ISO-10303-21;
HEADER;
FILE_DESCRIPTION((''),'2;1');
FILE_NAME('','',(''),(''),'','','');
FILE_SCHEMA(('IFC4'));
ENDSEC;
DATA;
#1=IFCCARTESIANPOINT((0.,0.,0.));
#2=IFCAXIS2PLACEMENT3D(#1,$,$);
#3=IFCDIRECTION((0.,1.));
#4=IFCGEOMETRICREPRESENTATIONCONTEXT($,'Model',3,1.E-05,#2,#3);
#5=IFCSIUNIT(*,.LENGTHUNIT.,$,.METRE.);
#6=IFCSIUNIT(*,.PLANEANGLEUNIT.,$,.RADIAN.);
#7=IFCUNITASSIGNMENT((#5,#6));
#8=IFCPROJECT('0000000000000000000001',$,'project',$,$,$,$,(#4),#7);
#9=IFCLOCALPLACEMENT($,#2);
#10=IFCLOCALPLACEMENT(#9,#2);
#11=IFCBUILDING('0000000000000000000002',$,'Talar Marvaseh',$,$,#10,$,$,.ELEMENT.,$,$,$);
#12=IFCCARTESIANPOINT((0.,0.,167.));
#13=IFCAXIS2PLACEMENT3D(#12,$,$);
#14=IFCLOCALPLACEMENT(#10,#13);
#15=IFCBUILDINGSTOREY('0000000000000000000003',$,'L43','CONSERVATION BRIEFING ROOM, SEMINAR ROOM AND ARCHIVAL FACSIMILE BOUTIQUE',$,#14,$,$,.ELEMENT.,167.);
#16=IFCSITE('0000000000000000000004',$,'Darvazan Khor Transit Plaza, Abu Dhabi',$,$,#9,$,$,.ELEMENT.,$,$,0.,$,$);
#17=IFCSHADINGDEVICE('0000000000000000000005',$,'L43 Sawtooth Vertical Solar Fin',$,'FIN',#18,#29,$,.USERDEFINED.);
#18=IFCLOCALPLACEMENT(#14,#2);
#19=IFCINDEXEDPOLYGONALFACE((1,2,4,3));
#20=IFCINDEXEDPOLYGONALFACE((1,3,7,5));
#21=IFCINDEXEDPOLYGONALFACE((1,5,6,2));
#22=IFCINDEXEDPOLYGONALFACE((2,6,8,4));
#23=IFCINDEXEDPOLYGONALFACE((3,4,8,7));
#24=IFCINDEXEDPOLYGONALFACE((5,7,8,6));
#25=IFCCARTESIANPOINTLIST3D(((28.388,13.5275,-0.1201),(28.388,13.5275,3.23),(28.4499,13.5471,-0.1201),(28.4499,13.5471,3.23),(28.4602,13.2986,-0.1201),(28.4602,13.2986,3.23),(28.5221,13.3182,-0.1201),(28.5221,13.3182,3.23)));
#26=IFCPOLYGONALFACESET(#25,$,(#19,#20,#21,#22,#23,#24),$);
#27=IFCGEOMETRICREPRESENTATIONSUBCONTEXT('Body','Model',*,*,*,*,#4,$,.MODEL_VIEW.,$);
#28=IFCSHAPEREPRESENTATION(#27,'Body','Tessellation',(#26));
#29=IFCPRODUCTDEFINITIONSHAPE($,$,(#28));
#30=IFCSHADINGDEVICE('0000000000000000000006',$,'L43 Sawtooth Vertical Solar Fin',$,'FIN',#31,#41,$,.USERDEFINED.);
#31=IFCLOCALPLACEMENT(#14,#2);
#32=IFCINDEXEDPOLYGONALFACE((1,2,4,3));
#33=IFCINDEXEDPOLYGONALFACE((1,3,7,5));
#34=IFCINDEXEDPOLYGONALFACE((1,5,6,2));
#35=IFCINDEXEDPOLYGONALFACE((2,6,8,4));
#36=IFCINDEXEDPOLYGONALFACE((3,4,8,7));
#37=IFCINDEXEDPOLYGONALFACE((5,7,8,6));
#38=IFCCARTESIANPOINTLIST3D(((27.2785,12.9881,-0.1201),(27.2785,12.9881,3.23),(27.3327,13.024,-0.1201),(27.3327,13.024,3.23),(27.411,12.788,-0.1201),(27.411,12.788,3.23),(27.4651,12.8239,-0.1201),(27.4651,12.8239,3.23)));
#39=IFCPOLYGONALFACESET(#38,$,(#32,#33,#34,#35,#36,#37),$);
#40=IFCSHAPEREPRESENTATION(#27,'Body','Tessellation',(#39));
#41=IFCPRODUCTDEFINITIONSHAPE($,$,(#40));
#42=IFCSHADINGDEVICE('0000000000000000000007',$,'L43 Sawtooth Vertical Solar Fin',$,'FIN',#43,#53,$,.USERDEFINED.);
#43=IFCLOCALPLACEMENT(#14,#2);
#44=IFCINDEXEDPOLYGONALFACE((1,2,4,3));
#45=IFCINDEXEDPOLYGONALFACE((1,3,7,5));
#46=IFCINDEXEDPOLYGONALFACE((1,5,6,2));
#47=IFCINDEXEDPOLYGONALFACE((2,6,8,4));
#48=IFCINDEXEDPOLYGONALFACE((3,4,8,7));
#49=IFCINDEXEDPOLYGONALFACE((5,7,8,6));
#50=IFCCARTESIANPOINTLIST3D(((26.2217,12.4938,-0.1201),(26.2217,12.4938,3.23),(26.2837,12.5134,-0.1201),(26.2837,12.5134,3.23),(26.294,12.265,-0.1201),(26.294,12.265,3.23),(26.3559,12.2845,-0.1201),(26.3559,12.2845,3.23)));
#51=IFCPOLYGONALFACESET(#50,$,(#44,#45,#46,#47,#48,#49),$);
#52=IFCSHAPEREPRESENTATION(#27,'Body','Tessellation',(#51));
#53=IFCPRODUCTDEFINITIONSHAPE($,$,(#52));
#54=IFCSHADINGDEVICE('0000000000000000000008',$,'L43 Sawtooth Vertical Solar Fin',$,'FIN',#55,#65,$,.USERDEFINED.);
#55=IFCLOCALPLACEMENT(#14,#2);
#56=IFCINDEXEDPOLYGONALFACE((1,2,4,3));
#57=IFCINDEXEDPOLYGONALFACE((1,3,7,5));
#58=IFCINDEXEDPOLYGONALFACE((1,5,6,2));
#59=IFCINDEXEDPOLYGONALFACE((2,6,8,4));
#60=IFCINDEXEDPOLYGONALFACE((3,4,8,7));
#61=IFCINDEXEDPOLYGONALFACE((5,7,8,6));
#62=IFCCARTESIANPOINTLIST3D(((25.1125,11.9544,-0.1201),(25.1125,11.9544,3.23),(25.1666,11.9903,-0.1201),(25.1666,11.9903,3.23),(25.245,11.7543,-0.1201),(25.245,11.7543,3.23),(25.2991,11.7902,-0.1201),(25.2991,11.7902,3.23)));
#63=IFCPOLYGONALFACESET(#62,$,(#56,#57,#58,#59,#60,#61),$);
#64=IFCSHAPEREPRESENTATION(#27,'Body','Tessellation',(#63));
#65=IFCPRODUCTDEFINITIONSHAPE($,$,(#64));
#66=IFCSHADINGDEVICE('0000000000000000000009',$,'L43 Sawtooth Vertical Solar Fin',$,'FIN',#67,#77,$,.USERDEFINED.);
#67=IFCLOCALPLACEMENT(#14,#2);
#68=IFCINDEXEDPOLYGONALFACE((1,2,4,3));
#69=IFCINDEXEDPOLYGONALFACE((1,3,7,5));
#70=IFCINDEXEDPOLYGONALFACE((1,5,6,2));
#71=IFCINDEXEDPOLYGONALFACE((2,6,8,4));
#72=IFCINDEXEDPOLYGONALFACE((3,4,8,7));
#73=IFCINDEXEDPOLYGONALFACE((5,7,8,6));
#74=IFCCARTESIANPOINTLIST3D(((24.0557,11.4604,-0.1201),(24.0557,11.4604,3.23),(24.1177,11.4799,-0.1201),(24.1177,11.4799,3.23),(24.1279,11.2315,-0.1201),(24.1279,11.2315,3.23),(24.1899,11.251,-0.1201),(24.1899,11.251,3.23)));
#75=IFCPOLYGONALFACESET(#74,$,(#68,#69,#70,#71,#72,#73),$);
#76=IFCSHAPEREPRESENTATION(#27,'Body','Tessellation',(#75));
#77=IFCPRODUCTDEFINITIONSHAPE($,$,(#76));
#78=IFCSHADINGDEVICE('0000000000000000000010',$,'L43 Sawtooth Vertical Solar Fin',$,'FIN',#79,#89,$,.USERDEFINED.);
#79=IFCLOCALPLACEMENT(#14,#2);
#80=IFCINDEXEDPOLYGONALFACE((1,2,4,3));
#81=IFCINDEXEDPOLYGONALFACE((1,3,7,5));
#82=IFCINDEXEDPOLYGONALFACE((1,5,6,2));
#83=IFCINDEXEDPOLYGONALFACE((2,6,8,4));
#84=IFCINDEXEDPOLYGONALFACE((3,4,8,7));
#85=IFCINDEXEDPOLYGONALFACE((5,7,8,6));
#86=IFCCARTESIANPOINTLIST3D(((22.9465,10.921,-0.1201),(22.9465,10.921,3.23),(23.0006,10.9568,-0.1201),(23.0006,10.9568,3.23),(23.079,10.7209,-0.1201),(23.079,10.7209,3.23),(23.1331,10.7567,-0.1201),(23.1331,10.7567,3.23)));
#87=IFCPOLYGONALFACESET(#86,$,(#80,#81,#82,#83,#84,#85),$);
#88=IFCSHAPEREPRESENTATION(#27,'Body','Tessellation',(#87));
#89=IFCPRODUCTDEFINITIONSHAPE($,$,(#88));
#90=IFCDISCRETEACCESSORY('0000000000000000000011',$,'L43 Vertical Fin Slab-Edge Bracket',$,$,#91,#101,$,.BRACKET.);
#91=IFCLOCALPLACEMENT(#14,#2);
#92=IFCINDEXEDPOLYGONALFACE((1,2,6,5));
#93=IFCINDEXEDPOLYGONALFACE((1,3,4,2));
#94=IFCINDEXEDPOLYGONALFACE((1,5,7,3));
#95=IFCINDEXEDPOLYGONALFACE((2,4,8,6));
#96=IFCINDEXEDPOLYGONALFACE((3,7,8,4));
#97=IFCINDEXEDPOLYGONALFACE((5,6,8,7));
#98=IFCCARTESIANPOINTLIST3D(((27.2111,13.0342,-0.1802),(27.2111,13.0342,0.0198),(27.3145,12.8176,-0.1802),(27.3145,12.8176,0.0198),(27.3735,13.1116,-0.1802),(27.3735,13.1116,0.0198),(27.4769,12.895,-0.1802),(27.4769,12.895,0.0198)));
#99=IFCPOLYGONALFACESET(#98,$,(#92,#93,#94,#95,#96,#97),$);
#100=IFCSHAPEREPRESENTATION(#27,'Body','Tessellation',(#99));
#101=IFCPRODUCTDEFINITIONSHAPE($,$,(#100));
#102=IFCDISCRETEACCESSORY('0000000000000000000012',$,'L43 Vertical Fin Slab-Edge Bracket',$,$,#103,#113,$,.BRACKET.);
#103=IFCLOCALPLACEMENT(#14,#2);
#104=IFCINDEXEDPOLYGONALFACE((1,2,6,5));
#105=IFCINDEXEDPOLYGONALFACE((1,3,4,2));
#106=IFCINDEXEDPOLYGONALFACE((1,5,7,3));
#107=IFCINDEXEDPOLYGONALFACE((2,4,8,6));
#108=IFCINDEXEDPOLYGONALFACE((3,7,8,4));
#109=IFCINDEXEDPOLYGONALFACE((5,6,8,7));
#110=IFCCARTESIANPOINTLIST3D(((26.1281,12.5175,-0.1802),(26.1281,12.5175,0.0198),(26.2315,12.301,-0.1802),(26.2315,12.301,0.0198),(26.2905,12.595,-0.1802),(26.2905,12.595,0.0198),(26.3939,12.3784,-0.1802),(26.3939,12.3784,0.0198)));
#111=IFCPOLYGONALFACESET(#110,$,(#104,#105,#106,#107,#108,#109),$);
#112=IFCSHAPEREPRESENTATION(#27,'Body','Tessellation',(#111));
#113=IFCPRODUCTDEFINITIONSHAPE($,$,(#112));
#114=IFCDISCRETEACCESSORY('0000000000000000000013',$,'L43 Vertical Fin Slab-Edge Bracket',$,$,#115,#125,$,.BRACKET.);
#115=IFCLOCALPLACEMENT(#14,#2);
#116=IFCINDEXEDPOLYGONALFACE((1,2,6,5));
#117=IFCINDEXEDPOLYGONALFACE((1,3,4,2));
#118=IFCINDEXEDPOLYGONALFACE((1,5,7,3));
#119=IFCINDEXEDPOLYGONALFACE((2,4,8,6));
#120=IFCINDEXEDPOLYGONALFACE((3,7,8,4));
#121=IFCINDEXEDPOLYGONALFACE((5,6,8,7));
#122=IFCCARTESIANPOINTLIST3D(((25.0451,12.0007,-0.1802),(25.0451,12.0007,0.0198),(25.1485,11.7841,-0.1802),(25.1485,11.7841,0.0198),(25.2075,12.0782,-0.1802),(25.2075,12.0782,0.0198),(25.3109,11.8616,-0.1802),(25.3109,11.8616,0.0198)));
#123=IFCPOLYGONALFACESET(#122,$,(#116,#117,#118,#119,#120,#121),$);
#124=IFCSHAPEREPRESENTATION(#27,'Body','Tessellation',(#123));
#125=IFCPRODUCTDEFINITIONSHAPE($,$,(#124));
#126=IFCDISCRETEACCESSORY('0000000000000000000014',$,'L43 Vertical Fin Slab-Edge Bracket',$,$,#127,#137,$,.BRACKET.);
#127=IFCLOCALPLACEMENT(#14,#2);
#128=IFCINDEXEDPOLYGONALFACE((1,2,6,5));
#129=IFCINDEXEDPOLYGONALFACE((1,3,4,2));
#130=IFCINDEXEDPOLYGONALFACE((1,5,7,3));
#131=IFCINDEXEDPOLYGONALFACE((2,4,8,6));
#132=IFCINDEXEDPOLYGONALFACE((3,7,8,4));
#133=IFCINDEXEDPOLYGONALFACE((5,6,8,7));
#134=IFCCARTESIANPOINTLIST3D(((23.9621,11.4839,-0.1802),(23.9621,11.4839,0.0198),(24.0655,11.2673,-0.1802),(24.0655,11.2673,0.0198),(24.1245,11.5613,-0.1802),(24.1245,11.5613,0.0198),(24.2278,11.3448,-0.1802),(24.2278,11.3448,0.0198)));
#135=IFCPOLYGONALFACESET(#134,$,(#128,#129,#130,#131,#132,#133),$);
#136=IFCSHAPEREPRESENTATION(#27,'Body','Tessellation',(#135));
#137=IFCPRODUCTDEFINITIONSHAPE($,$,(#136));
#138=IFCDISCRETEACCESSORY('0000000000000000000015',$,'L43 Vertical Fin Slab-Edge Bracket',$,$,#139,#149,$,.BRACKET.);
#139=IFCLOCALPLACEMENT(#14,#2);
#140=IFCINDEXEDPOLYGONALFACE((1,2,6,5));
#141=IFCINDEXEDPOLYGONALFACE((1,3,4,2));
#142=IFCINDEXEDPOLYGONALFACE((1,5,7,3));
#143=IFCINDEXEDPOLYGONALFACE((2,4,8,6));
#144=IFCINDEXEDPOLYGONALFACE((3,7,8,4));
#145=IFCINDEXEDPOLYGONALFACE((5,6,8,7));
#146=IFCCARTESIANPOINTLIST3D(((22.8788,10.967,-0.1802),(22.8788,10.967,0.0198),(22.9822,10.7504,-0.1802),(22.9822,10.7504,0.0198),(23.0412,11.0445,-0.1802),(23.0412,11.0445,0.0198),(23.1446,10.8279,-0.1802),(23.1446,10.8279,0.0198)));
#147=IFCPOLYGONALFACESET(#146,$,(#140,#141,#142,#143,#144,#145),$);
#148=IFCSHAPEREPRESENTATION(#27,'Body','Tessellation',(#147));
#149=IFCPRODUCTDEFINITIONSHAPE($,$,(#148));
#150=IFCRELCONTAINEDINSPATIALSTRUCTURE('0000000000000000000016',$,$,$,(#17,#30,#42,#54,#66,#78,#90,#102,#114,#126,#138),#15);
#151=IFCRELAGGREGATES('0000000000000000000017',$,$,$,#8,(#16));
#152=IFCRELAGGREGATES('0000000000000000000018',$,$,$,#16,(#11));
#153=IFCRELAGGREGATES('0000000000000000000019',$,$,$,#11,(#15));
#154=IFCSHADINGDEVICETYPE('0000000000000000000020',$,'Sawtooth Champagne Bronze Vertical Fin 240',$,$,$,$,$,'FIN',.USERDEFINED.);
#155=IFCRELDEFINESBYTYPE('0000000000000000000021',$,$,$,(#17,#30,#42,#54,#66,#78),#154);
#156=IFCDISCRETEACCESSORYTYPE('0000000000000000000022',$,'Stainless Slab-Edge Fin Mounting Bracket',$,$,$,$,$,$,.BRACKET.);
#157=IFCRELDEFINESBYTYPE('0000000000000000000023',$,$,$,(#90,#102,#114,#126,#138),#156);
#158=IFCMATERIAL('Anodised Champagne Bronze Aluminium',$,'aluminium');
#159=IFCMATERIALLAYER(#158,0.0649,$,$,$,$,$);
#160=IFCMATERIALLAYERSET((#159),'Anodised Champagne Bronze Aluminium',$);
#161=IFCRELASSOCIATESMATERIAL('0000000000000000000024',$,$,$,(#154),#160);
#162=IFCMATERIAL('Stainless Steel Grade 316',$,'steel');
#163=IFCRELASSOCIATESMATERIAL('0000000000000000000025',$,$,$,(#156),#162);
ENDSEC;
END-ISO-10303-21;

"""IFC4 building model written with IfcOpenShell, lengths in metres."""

from ifc_helpers import new_model, si_unit, direction, frame, origin, origin_2d, place, context, subcontext, project, spatial, rectangle, extrude, source, transform, mapped, material, layer, layer_set, type_object, type_shapes, element, save


model = new_model("IFC4")

# Units and contexts
model_context = context("Model", 3, precision=1e-05, world=origin(), true_north=direction((0.0, 1.0)))
body_context = subcontext(model_context, "Body", "Model", "MODEL_VIEW")
ifc_project = project(units=[si_unit("LENGTHUNIT", "METRE"), si_unit("PLANEANGLEUNIT", "RADIAN")], contexts=[model_context])

# Site, building, storey
site_placement = place(None, origin())
site = spatial("IfcSite", under=ifc_project, at=site_placement, Name="Darvazan Khor Transit Plaza, Abu Dhabi", CompositionType="ELEMENT", RefElevation=0.0)
building_placement = place(site_placement, origin())
building = spatial("IfcBuilding", under=site, at=building_placement, Name="Talar Marvaseh", CompositionType="ELEMENT")
storey_placement = place(building_placement, frame((0.0, 0.0, 167.0)))
storey = spatial("IfcBuildingStorey", under=building, at=storey_placement, Name="L43", Description="CONSERVATION BRIEFING ROOM, SEMINAR ROOM AND ARCHIVAL FACSIMILE BOUTIQUE", CompositionType="ELEMENT", Elevation=167.0)

# Shading devices
ifc_material_1 = material(Name="Anodised Champagne Bronze Aluminium", Category="aluminium")
ifc_layer_1 = layer(ifc_material_1, 0.0649)
ifc_layer_set_1 = layer_set([ifc_layer_1], Name="Anodised Champagne Bronze Aluminium")
shading_device_type = type_object("IfcShadingDeviceType", Name="Sawtooth Champagne Bronze Vertical Fin 240", ElementType="FIN", PredefinedType="USERDEFINED", material=ifc_layer_set_1)
shared_shape_1 = source(origin(), body_context, "Body", "SweptSolid", [
    extrude(rectangle(XDim=0.24, YDim=0.0649, at=origin_2d()), origin(), (0.0, 0.0, 1.0), 3.3501),
])
type_shapes(shading_device_type, [shared_shape_1])
for number, where, z_axis, x_axis, name in (
    (1, (28.4551, 13.4229, -0.1201), (0.0, 0.0, 1.0), (0.300872, -0.953664, 0.0), "L43 Sawtooth Vertical Solar Fin"),
    (2, (27.3718, 12.906, -0.1201), (0.0, 0.0, 1.0), (0.552083, -0.833789, 0.0), "L43 Sawtooth Vertical Solar Fin"),
    (3, (26.2888, 12.3892, -0.1201), (0.0, 0.0, 1.0), (0.300872, -0.953664, 0.0), "L43 Sawtooth Vertical Solar Fin"),
    (4, (25.2058, 11.8723, -0.1201), (0.0, 0.0, 1.0), (0.552083, -0.833789, 0.0), "L43 Sawtooth Vertical Solar Fin"),
    (5, (24.1228, 11.3557, -0.1201), (0.0, 0.0, 1.0), (0.300872, -0.953664, 0.0), "L43 Sawtooth Vertical Solar Fin"),
    (6, (23.0398, 10.8389, -0.1201), (0.0, 0.0, 1.0), (0.552083, -0.833789, 0.0), "L43 Sawtooth Vertical Solar Fin"),
):
    element("IfcShadingDevice", number, at=place(storey_placement, frame(where, z_axis=z_axis, x_axis=x_axis)), inside=storey, type_object=shading_device_type, Name=name, ObjectType="FIN", PredefinedType="USERDEFINED", context=body_context, shape_type="MappedRepresentation", body=[
        mapped(shared_shape_1, transform((0.0, 0.0, 0.0), x_axis=(1.0, 0.0, 0.0), y_axis=(0.0, 1.0, 0.0), z_axis=(0.0, 0.0, 1.0), scale=1.0)),
    ])

# Discrete accessories
ifc_material_2 = material(Name="Stainless Steel Grade 316", Category="steel")
discrete_accessory_type = type_object("IfcDiscreteAccessoryType", Name="Stainless Slab-Edge Fin Mounting Bracket", PredefinedType="BRACKET", material=ifc_material_2)
shared_shape_2 = source(origin(), body_context, "Body", "SweptSolid", [
    extrude(rectangle(XDim=0.24, YDim=0.1799, at=origin_2d()), origin(), (0.0, 0.0, 1.0), 0.2),
])
type_shapes(discrete_accessory_type, [shared_shape_2])
for number, where, z_axis, x_axis, name in (
    (7, (27.344, 12.9646, -0.1802), (0.0, 0.0, 1.0), (0.430669, -0.90251, 0.0), "L43 Vertical Fin Slab-Edge Bracket"),
    (8, (26.261, 12.448, -0.1802), (0.0, 0.0, 1.0), (0.430669, -0.90251, 0.0), "L43 Vertical Fin Slab-Edge Bracket"),
    (9, (25.178, 11.9312, -0.1802), (0.0, 0.0, 1.0), (0.430669, -0.90251, 0.0), "L43 Vertical Fin Slab-Edge Bracket"),
    (10, (24.095, 11.4143, -0.1802), (0.0, 0.0, 1.0), (0.430669, -0.90251, 0.0), "L43 Vertical Fin Slab-Edge Bracket"),
    (11, (23.0117, 10.8975, -0.1802), (0.0, 0.0, 1.0), (0.430669, -0.90251, 0.0), "L43 Vertical Fin Slab-Edge Bracket"),
):
    element("IfcDiscreteAccessory", number, at=place(storey_placement, frame(where, z_axis=z_axis, x_axis=x_axis)), inside=storey, type_object=discrete_accessory_type, Name=name, PredefinedType="BRACKET", context=body_context, shape_type="MappedRepresentation", body=[
        mapped(shared_shape_2, transform((0.0, 0.0, 0.0), x_axis=(1.0, 0.0, 0.0), y_axis=(0.0, 1.0, 0.0), z_axis=(0.0, 0.0, 1.0), scale=1.0)),
    ])

save(model, "model.ifc")
